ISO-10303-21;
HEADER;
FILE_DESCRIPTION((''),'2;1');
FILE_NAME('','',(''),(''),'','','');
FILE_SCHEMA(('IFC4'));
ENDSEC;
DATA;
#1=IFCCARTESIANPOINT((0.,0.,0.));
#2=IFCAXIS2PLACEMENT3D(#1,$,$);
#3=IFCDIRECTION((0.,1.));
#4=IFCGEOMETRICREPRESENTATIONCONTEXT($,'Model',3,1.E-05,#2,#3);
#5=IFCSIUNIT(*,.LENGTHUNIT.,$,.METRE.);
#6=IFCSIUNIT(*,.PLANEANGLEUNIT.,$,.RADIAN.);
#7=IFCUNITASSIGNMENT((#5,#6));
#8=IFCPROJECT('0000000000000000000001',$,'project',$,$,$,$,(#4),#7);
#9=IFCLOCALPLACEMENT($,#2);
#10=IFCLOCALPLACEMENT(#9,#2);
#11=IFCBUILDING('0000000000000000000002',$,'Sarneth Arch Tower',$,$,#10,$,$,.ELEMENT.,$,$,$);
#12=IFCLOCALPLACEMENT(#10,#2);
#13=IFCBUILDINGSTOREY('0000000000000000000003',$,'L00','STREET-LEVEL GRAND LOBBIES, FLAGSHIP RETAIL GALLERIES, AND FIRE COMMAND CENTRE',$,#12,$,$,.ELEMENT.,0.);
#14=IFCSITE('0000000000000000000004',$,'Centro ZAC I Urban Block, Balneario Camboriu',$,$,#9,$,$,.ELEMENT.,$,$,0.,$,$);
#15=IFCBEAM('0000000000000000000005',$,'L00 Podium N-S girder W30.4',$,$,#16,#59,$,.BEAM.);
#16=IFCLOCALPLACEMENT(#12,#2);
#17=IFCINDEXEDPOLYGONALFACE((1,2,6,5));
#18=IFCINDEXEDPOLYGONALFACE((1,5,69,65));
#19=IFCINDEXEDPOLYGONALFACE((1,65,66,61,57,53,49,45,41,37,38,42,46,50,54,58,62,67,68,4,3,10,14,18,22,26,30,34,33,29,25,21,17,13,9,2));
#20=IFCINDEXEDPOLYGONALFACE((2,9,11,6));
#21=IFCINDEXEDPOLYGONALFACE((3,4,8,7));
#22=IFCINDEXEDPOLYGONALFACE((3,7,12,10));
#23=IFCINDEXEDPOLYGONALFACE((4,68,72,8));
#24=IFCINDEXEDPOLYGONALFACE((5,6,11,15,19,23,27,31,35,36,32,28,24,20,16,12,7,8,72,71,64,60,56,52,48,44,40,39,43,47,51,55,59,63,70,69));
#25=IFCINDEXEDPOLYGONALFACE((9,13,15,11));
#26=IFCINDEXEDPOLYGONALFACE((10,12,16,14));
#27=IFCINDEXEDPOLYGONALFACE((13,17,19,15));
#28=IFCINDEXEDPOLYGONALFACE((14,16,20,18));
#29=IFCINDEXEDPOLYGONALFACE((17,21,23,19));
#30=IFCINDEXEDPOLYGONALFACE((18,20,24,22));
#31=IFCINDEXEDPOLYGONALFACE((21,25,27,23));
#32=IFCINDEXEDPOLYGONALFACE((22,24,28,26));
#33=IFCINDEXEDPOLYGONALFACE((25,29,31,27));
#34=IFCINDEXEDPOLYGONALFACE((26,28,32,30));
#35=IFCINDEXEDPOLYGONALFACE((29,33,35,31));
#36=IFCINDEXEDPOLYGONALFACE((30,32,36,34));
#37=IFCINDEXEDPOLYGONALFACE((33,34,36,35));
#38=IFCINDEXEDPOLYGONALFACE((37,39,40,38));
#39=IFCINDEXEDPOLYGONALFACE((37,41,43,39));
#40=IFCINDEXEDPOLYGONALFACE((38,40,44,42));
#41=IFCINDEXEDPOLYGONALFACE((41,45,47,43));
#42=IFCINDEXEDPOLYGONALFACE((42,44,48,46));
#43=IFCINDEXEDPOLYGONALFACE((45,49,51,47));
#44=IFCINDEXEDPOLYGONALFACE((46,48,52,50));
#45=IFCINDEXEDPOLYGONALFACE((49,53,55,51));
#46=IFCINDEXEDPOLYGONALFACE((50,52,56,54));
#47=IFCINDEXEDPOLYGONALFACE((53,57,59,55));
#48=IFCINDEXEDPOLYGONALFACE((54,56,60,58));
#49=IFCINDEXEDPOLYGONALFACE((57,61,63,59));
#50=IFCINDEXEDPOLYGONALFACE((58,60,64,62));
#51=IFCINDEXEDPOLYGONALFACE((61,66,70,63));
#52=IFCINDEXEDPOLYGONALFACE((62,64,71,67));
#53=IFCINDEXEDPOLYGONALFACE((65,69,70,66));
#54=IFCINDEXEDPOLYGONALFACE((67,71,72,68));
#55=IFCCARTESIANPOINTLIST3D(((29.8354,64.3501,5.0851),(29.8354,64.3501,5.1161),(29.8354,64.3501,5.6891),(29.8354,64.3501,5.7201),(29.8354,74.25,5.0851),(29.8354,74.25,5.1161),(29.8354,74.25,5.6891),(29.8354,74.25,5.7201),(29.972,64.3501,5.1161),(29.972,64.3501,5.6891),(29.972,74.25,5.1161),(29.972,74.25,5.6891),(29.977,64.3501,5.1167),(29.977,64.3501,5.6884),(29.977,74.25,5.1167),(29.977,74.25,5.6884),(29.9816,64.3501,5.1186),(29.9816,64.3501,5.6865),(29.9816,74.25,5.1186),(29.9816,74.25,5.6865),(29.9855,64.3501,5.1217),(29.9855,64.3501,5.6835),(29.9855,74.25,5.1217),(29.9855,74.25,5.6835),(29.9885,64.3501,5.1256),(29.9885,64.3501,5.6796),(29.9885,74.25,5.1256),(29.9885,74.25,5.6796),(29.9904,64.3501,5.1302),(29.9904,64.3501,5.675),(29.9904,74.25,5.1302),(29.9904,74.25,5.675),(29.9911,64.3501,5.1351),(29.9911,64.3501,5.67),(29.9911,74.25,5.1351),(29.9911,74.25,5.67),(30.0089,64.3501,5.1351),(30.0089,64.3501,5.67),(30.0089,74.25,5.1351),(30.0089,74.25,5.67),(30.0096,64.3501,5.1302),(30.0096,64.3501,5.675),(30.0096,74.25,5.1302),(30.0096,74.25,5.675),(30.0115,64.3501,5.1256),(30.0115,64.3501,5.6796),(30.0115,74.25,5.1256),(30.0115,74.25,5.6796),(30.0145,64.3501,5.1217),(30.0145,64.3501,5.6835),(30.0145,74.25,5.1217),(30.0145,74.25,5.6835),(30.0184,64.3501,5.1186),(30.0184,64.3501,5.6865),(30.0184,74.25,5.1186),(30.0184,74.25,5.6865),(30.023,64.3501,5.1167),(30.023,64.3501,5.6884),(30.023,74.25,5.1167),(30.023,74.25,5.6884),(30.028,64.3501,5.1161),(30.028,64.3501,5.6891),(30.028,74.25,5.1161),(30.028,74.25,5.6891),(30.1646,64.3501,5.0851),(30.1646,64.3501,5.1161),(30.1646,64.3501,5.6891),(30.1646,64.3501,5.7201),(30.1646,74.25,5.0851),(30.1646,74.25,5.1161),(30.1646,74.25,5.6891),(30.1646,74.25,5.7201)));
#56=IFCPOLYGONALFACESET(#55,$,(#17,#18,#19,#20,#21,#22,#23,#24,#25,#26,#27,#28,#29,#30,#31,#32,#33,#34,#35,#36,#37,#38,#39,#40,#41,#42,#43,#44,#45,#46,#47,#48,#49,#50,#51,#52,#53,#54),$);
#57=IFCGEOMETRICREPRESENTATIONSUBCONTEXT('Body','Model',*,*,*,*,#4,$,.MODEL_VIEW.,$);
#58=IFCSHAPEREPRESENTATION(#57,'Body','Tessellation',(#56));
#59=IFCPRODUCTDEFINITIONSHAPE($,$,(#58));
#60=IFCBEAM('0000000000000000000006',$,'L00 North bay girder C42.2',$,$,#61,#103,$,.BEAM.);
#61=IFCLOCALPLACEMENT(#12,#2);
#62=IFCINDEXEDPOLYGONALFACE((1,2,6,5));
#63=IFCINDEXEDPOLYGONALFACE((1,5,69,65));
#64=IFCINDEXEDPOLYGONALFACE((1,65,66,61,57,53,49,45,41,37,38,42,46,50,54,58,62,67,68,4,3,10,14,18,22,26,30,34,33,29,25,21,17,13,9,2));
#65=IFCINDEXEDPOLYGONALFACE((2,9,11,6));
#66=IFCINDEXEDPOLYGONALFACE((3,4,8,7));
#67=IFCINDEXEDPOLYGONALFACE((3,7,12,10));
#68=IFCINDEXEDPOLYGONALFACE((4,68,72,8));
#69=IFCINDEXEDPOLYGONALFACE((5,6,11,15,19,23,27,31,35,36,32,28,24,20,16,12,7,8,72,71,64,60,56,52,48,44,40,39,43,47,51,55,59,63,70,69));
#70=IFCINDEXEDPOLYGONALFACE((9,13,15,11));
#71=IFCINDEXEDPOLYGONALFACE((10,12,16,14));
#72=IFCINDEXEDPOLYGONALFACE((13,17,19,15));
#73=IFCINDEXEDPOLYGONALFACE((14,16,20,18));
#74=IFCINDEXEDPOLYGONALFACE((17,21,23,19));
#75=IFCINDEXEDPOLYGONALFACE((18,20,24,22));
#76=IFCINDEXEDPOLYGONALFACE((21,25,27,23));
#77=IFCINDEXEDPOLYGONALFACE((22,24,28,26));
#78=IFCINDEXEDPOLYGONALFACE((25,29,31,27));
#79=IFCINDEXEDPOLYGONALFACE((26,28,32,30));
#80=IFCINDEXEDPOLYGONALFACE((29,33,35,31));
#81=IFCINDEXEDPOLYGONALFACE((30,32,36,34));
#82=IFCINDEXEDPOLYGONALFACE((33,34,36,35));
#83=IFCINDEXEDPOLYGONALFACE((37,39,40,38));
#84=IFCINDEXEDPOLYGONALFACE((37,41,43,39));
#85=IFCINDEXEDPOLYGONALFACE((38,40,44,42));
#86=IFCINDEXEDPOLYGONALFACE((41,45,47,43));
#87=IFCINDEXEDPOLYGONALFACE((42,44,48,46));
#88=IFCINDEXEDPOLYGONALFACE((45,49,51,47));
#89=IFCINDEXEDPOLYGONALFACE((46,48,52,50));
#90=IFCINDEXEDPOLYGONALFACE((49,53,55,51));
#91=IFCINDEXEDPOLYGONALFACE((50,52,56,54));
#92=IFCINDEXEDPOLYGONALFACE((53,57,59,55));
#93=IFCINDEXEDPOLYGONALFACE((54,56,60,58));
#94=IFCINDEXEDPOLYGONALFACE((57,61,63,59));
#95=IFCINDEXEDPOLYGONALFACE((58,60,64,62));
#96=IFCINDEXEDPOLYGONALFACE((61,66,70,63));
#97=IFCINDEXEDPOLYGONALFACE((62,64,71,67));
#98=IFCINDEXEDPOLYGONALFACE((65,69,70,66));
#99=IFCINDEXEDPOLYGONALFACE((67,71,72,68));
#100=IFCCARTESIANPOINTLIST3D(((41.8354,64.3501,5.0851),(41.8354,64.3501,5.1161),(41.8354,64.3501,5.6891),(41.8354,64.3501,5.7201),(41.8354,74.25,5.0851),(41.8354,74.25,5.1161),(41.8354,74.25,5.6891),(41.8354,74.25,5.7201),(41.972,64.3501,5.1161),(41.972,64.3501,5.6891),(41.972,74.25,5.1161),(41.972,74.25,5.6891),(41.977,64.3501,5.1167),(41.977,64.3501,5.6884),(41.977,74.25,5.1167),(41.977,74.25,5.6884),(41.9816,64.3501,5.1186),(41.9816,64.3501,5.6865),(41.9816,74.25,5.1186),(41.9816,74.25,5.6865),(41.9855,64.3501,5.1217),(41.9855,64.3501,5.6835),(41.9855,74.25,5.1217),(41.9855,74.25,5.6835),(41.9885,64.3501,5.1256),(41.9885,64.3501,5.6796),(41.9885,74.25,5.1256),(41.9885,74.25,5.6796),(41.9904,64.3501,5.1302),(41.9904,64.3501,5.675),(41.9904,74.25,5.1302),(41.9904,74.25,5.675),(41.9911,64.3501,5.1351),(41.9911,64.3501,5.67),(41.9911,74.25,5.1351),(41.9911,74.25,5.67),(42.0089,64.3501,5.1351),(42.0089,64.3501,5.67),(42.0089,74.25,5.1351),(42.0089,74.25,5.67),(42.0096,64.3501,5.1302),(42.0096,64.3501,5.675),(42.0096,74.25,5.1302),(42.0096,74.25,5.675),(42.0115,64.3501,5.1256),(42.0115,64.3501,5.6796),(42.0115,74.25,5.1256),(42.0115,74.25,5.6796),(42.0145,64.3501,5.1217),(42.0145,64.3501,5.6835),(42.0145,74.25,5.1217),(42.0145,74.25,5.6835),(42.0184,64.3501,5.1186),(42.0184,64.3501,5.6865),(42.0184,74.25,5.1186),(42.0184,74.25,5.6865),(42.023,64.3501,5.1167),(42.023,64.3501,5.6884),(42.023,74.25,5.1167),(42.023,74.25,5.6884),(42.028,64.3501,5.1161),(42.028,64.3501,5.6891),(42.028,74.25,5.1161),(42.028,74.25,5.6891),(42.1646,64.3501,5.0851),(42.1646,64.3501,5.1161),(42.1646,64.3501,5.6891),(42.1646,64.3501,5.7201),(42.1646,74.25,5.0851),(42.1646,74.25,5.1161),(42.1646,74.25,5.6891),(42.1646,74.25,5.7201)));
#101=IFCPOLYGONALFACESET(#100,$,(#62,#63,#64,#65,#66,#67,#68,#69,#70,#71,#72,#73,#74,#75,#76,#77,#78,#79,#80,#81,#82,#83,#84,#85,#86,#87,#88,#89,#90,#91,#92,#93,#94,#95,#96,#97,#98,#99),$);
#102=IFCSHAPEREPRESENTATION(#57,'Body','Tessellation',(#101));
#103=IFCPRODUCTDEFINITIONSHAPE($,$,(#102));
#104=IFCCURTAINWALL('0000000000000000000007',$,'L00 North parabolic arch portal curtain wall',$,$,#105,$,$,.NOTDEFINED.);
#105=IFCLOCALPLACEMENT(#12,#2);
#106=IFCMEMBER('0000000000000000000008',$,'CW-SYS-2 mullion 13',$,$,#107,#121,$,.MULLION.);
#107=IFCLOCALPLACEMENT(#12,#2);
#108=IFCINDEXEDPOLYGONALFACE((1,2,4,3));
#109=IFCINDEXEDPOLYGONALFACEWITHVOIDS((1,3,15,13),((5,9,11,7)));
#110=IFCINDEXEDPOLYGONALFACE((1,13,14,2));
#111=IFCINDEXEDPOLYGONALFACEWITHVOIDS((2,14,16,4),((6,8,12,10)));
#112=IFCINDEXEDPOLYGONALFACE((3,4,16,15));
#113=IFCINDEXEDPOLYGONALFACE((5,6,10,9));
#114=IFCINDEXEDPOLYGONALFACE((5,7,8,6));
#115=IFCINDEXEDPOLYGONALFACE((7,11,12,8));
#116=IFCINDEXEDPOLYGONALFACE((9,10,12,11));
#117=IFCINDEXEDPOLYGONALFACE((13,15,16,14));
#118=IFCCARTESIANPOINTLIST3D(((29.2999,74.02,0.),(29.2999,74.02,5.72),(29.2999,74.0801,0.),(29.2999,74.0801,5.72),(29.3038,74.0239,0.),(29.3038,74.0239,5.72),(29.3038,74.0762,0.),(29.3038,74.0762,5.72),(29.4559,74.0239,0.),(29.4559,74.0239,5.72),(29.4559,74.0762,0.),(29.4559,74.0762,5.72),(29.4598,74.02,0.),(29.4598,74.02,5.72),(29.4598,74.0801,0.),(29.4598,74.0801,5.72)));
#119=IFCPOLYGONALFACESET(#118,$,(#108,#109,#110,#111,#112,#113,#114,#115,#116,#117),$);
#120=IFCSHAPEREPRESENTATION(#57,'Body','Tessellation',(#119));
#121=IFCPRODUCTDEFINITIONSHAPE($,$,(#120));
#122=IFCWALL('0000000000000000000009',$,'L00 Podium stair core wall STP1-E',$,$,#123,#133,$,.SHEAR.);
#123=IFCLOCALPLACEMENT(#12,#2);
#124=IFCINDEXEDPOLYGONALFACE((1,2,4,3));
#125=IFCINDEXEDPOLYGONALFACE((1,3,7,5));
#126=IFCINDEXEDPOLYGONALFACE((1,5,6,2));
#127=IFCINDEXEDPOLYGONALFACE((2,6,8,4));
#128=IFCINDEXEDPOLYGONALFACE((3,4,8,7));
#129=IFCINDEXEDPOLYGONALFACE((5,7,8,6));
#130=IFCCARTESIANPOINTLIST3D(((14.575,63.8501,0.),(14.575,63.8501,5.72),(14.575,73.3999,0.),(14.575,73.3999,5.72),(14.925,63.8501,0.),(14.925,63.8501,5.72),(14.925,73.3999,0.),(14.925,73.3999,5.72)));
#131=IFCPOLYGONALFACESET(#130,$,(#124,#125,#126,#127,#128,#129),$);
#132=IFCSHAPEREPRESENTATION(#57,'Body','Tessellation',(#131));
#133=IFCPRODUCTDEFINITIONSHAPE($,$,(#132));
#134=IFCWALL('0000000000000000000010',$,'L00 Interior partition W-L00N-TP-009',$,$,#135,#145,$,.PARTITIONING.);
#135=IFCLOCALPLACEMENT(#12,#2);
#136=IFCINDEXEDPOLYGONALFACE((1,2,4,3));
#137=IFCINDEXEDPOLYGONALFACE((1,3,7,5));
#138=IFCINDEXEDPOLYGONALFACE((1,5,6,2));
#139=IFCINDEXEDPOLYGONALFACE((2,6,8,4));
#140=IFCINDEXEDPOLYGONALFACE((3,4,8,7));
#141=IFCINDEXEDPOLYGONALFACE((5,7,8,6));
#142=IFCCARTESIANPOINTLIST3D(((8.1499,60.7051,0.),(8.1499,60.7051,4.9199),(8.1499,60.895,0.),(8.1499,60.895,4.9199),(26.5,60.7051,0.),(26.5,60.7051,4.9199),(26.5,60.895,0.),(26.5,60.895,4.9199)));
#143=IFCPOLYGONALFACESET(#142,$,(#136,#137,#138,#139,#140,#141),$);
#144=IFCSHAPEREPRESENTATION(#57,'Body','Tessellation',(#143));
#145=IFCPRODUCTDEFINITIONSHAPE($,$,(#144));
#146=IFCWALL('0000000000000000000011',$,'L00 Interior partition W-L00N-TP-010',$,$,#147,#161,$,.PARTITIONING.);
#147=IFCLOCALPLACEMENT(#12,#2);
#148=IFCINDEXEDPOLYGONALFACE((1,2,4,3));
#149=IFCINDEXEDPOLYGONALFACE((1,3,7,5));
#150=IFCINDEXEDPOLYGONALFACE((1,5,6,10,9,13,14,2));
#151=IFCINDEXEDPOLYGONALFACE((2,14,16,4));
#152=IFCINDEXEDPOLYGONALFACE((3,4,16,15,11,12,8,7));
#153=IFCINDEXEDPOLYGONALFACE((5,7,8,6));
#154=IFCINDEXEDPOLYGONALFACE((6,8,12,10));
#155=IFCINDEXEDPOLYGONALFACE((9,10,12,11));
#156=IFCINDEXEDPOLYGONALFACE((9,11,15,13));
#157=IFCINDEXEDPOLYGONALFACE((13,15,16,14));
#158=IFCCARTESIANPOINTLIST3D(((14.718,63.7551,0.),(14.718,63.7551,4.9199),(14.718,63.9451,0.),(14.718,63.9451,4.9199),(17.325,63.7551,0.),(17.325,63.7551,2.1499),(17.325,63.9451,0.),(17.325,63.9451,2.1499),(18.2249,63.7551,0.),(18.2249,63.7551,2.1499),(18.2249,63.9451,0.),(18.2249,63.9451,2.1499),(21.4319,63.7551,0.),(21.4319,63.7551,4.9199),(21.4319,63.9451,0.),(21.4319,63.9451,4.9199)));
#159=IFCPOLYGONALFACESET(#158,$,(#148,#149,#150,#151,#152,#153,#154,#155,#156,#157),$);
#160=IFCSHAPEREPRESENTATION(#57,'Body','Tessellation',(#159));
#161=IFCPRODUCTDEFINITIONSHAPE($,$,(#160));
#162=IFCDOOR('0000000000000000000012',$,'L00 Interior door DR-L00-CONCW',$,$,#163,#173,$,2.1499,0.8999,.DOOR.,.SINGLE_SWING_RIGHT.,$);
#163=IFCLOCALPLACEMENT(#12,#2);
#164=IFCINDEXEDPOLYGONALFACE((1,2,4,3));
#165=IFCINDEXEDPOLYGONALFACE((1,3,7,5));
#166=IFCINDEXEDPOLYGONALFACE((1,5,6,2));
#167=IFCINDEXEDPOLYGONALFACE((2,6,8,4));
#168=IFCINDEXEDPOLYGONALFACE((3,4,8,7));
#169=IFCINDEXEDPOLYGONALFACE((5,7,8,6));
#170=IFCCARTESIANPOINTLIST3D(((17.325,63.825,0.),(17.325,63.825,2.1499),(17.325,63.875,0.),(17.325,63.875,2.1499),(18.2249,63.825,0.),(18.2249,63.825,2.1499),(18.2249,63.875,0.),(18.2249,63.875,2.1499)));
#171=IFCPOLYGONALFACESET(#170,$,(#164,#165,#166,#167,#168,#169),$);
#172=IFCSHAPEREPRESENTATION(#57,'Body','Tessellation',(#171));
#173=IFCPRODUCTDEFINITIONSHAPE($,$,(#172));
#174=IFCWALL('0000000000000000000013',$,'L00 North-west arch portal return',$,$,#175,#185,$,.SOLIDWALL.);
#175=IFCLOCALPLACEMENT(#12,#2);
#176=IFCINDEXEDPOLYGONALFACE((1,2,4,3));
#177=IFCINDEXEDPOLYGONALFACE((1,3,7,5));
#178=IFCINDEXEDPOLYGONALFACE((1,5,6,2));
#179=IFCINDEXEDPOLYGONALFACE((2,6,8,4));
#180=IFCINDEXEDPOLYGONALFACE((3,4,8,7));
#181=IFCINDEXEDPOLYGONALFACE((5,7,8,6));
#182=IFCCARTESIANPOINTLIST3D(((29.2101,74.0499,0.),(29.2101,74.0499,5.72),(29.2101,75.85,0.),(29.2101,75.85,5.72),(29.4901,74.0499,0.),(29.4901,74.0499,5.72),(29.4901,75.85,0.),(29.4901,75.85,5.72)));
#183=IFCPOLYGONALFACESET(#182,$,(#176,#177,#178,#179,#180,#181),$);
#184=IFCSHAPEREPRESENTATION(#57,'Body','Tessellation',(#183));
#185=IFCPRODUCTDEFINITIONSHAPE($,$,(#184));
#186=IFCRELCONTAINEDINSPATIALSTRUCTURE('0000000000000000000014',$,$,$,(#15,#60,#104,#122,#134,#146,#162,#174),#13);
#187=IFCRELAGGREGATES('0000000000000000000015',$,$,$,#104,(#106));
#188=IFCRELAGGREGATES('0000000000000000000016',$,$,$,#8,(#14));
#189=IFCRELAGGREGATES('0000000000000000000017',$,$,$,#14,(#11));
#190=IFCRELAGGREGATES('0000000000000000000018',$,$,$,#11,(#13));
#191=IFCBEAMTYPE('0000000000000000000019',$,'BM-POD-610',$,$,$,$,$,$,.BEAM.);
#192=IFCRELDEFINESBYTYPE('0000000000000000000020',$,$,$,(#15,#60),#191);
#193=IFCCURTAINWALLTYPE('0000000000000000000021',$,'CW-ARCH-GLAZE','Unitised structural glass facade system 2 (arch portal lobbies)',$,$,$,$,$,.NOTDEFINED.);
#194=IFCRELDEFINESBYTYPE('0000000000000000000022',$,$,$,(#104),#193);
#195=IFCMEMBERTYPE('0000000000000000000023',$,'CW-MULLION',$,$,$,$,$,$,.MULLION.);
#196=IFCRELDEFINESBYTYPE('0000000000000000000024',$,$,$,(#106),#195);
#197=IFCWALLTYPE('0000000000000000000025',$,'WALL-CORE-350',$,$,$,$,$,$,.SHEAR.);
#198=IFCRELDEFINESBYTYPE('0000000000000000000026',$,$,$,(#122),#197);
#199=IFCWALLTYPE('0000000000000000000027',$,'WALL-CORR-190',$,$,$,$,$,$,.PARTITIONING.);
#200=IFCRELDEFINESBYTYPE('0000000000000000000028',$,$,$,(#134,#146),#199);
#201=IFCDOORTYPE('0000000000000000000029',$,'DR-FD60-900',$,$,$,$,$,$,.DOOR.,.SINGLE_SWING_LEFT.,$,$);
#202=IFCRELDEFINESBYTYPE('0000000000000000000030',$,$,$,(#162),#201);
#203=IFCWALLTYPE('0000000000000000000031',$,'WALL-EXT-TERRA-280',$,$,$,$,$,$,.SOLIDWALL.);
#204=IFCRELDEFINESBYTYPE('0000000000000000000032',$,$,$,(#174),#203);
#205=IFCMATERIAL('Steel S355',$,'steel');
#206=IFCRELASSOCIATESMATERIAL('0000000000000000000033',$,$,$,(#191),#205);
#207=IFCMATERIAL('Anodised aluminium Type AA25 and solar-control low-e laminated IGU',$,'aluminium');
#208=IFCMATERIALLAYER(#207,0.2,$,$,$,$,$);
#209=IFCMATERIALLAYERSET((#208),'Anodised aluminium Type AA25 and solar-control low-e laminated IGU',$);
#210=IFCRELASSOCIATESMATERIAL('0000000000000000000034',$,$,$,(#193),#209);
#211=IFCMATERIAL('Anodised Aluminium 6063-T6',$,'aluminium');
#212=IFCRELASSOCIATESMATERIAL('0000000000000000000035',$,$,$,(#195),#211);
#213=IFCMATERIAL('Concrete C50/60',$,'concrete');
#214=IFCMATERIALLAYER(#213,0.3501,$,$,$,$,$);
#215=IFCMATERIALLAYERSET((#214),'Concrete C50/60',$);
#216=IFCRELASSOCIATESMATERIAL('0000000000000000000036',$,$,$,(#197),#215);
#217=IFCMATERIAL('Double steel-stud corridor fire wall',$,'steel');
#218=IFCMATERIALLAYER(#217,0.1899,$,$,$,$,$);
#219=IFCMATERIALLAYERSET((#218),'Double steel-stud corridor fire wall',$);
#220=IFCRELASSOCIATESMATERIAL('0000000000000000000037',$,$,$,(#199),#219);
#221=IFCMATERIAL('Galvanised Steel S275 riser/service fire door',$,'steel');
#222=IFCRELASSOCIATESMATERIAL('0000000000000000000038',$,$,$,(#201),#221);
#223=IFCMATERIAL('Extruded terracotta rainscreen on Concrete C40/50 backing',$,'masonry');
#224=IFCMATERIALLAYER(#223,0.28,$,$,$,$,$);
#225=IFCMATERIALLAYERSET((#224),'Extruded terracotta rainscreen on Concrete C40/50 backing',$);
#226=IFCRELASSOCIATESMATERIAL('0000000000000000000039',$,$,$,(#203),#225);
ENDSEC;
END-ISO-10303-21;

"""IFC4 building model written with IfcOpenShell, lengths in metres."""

from ifc_helpers import new_model, si_unit, direction, frame, frame_2d, origin, origin_2d, place, context, subcontext, project, spatial, rectangle, hollow_rectangle, i_section, extrude, material, layer, layer_set, material_profile, profile_set, type_object, element, fill, aggregate, save


model = new_model("IFC4")

# Units and contexts
model_context = context("Model", 3, precision=1e-05, world=origin(), true_north=direction((0.0, 1.0)))
body_context = subcontext(model_context, "Body", "Model", "MODEL_VIEW")
ifc_project = project(units=[si_unit("LENGTHUNIT", "METRE"), si_unit("PLANEANGLEUNIT", "RADIAN")], contexts=[model_context])

# Site, building, storey
site_placement = place(None, origin())
site = spatial("IfcSite", under=ifc_project, at=site_placement, Name="Centro ZAC I Urban Block, Balneario Camboriu", CompositionType="ELEMENT", RefElevation=0.0)
building_placement = place(site_placement, origin())
building = spatial("IfcBuilding", under=site, at=building_placement, Name="Sarneth Arch Tower", CompositionType="ELEMENT")
storey_placement = place(building_placement, origin())
storey = spatial("IfcBuildingStorey", under=building, at=storey_placement, Name="L00", Description="STREET-LEVEL GRAND LOBBIES, FLAGSHIP RETAIL GALLERIES, AND FIRE COMMAND CENTRE", CompositionType="ELEMENT", Elevation=0.0)

# Beams
ifc_material_1 = material(Name="Steel S355", Category="steel")
ifc_material_profile_1 = material_profile(ifc_material_1, i_section(OverallWidth=0.3291, OverallDepth=0.635, WebThickness=0.0178, FlangeThickness=0.031, FilletRadius=0.019, at=origin_2d()), Name="W610x241")
ifc_profile_set_1 = profile_set([ifc_material_profile_1], Name="Steel S355")
beam_type = type_object("IfcBeamType", Name="BM-POD-610", PredefinedType="BEAM", material=ifc_profile_set_1)
for number, where, z_axis, x_axis, name in (
    (1, (30.0, 64.3501, 5.4026), (0.0, 1.0, 0.0), (-1.0, 0.0, 0.0), "L00 Podium N-S girder W30.4"),
    (2, (42.0, 64.3501, 5.4026), (0.0, 1.0, 0.0), (-1.0, 0.0, 0.0), "L00 North bay girder C42.2"),
):
    element("IfcBeam", number, at=place(storey_placement, frame(where, z_axis=z_axis, x_axis=x_axis)), inside=storey, type_object=beam_type, Name=name, PredefinedType="BEAM", context=body_context, shape_type="SweptSolid", body=[
        extrude(i_section(OverallWidth=0.3291, OverallDepth=0.635, WebThickness=0.0178, FlangeThickness=0.031, FilletRadius=0.019, at=origin_2d()), origin(), (0.0, 0.0, 1.0), 9.8999),
    ])

# Curtain wall, member
ifc_material_2 = material(Name="Anodised aluminium Type AA25 and solar-control low-e laminated IGU", Category="aluminium")
ifc_layer_1 = layer(ifc_material_2, 0.2)
ifc_layer_set_1 = layer_set([ifc_layer_1], Name="Anodised aluminium Type AA25 and solar-control low-e laminated IGU")
curtain_wall_type = type_object("IfcCurtainWallType", Name="CW-ARCH-GLAZE", Description="Unitised structural glass facade system 2 (arch portal lobbies)", PredefinedType="NOTDEFINED", material=ifc_layer_set_1)
curtain_wall_placement = place(storey_placement, origin())
curtain_wall = element("IfcCurtainWall", 3, at=curtain_wall_placement, inside=storey, type_object=curtain_wall_type, Name="L00 North parabolic arch portal curtain wall", PredefinedType="NOTDEFINED")
ifc_material_3 = material(Name="Anodised Aluminium 6063-T6", Category="aluminium")
ifc_material_profile_2 = material_profile(ifc_material_3, hollow_rectangle(XDim=0.0601, YDim=0.1599, WallThickness=0.0039, at=origin_2d()), Name="AL-MULL-160x60x4")
ifc_profile_set_2 = profile_set([ifc_material_profile_2], Name="Anodised Aluminium 6063-T6")
member_type = type_object("IfcMemberType", Name="CW-MULLION", PredefinedType="MULLION", material=ifc_profile_set_2)
member_placement = place(storey_placement, frame((29.3799, 74.05, 0.0), z_axis=(0.0, 0.0, 1.0), x_axis=(0.0, -1.0, 0.0)))
member = element("IfcMember", 4, at=member_placement, type_object=member_type, Name="CW-SYS-2 mullion 13", PredefinedType="MULLION", context=body_context, shape_type="SweptSolid", body=[
    extrude(hollow_rectangle(XDim=0.0601, YDim=0.1599, WallThickness=0.0039, at=origin_2d()), origin(), (0.0, 0.0, 1.0), 5.72),
])
aggregate(curtain_wall, [member])

# Walls
ifc_material_4 = material(Name="Concrete C50/60", Category="concrete")
ifc_layer_2 = layer(ifc_material_4, 0.3501)
ifc_layer_set_2 = layer_set([ifc_layer_2], Name="Concrete C50/60")
wall_type_1 = type_object("IfcWallType", Name="WALL-CORE-350", PredefinedType="SHEAR", material=ifc_layer_set_2)
wall_1_placement = place(storey_placement, frame((14.75, 63.8501, 0.0), z_axis=(0.0, 0.0, 1.0), x_axis=(0.0, 1.0, 0.0)))
element("IfcWall", 5, at=wall_1_placement, inside=storey, type_object=wall_type_1, Name="L00 Podium stair core wall STP1-E", PredefinedType="SHEAR", context=body_context, shape_type="SweptSolid", body=[
    extrude(rectangle(XDim=9.5498, YDim=0.3501, at=frame_2d((4.7749, 0.0))), origin(), (0.0, 0.0, 1.0), 5.72),
])
ifc_material_5 = material(Name="Double steel-stud corridor fire wall", Category="steel")
ifc_layer_3 = layer(ifc_material_5, 0.1899)
ifc_layer_set_3 = layer_set([ifc_layer_3], Name="Double steel-stud corridor fire wall")
wall_type_2 = type_object("IfcWallType", Name="WALL-CORR-190", PredefinedType="PARTITIONING", material=ifc_layer_set_3)
wall_2_placement = place(storey_placement, frame((26.5, 60.8, 0.0), z_axis=(0.0, 0.0, 1.0), x_axis=(-1.0, 0.0, 0.0)))
element("IfcWall", 6, at=wall_2_placement, inside=storey, type_object=wall_type_2, Name="L00 Interior partition W-L00N-TP-009", PredefinedType="PARTITIONING", context=body_context, shape_type="SweptSolid", body=[
    extrude(rectangle(XDim=18.3501, YDim=0.1899, at=frame_2d((9.175, 0.0))), origin(), (0.0, 0.0, 1.0), 4.9199),
])

# Wall, opening, door
wall_3_placement = place(storey_placement, frame((14.718, 63.8501, 0.0), z_axis=(0.0, 0.0, 1.0), x_axis=(1.0, 0.0, 0.0)))
wall_3 = element("IfcWall", 7, at=wall_3_placement, inside=storey, type_object=wall_type_2, Name="L00 Interior partition W-L00N-TP-010", PredefinedType="PARTITIONING", context=body_context, shape_type="SweptSolid", body=[
    extrude(rectangle(XDim=6.7139, YDim=0.1899, at=frame_2d((3.3569, 0.0))), origin(), (0.0, 0.0, 1.0), 4.9199),
])
opening_1_placement = place(wall_3_placement, frame((2.6069, 0.0, 0.0)))
opening_1 = element("IfcOpeningElement", 8, at=opening_1_placement, cuts=wall_3, PredefinedType="OPENING", context=body_context, shape_type="SweptSolid", body=[
    extrude(rectangle(XDim=0.8999, YDim=2.1499, at=frame_2d((0.45, 1.075))), frame((0.0, 0.105, 0.0), z_axis=(0.0, -1.0, 0.0), x_axis=(1.0, 0.0, 0.0)), (0.0, 0.0, 1.0), 0.21),
])
ifc_material_6 = material(Name="Galvanised Steel S275 riser/service fire door", Category="steel")
door_type_1 = type_object("IfcDoorType", Name="DR-FD60-900", OperationType="SINGLE_SWING_LEFT", PredefinedType="DOOR", material=ifc_material_6)
door_1_placement = place(opening_1_placement, origin())
door_1 = element("IfcDoor", 9, at=door_1_placement, inside=storey, type_object=door_type_1, Name="L00 Interior door DR-L00-CONCW", OperationType="SINGLE_SWING_RIGHT", OverallHeight=2.1499, OverallWidth=0.8999, PredefinedType="DOOR", context=body_context, shape_type="SweptSolid", body=[
    extrude(rectangle(XDim=0.8999, YDim=2.1499, at=frame_2d((0.45, 1.075))), frame((0.0, 0.0249, 0.0), z_axis=(0.0, -1.0, 0.0), x_axis=(1.0, 0.0, 0.0)), (0.0, 0.0, 1.0), 0.05),
])
fill(opening_1, door_1)

# Wall
ifc_material_7 = material(Name="Extruded terracotta rainscreen on Concrete C40/50 backing", Category="masonry")
ifc_layer_4 = layer(ifc_material_7, 0.28)
ifc_layer_set_4 = layer_set([ifc_layer_4], Name="Extruded terracotta rainscreen on Concrete C40/50 backing")
wall_type_3 = type_object("IfcWallType", Name="WALL-EXT-TERRA-280", PredefinedType="SOLIDWALL", material=ifc_layer_set_4)
wall_4_placement = place(storey_placement, frame((29.3501, 74.05, 0.0), z_axis=(0.0, 0.0, 1.0), x_axis=(0.0, 1.0, 0.0)))
element("IfcWall", 10, at=wall_4_placement, inside=storey, type_object=wall_type_3, Name="L00 North-west arch portal return", PredefinedType="SOLIDWALL", context=body_context, shape_type="SweptSolid", body=[
    extrude(rectangle(XDim=1.8, YDim=0.28, at=frame_2d((0.8999, 0.0))), origin(), (0.0, 0.0, 1.0), 5.72),
])

save(model, "model.ifc")
